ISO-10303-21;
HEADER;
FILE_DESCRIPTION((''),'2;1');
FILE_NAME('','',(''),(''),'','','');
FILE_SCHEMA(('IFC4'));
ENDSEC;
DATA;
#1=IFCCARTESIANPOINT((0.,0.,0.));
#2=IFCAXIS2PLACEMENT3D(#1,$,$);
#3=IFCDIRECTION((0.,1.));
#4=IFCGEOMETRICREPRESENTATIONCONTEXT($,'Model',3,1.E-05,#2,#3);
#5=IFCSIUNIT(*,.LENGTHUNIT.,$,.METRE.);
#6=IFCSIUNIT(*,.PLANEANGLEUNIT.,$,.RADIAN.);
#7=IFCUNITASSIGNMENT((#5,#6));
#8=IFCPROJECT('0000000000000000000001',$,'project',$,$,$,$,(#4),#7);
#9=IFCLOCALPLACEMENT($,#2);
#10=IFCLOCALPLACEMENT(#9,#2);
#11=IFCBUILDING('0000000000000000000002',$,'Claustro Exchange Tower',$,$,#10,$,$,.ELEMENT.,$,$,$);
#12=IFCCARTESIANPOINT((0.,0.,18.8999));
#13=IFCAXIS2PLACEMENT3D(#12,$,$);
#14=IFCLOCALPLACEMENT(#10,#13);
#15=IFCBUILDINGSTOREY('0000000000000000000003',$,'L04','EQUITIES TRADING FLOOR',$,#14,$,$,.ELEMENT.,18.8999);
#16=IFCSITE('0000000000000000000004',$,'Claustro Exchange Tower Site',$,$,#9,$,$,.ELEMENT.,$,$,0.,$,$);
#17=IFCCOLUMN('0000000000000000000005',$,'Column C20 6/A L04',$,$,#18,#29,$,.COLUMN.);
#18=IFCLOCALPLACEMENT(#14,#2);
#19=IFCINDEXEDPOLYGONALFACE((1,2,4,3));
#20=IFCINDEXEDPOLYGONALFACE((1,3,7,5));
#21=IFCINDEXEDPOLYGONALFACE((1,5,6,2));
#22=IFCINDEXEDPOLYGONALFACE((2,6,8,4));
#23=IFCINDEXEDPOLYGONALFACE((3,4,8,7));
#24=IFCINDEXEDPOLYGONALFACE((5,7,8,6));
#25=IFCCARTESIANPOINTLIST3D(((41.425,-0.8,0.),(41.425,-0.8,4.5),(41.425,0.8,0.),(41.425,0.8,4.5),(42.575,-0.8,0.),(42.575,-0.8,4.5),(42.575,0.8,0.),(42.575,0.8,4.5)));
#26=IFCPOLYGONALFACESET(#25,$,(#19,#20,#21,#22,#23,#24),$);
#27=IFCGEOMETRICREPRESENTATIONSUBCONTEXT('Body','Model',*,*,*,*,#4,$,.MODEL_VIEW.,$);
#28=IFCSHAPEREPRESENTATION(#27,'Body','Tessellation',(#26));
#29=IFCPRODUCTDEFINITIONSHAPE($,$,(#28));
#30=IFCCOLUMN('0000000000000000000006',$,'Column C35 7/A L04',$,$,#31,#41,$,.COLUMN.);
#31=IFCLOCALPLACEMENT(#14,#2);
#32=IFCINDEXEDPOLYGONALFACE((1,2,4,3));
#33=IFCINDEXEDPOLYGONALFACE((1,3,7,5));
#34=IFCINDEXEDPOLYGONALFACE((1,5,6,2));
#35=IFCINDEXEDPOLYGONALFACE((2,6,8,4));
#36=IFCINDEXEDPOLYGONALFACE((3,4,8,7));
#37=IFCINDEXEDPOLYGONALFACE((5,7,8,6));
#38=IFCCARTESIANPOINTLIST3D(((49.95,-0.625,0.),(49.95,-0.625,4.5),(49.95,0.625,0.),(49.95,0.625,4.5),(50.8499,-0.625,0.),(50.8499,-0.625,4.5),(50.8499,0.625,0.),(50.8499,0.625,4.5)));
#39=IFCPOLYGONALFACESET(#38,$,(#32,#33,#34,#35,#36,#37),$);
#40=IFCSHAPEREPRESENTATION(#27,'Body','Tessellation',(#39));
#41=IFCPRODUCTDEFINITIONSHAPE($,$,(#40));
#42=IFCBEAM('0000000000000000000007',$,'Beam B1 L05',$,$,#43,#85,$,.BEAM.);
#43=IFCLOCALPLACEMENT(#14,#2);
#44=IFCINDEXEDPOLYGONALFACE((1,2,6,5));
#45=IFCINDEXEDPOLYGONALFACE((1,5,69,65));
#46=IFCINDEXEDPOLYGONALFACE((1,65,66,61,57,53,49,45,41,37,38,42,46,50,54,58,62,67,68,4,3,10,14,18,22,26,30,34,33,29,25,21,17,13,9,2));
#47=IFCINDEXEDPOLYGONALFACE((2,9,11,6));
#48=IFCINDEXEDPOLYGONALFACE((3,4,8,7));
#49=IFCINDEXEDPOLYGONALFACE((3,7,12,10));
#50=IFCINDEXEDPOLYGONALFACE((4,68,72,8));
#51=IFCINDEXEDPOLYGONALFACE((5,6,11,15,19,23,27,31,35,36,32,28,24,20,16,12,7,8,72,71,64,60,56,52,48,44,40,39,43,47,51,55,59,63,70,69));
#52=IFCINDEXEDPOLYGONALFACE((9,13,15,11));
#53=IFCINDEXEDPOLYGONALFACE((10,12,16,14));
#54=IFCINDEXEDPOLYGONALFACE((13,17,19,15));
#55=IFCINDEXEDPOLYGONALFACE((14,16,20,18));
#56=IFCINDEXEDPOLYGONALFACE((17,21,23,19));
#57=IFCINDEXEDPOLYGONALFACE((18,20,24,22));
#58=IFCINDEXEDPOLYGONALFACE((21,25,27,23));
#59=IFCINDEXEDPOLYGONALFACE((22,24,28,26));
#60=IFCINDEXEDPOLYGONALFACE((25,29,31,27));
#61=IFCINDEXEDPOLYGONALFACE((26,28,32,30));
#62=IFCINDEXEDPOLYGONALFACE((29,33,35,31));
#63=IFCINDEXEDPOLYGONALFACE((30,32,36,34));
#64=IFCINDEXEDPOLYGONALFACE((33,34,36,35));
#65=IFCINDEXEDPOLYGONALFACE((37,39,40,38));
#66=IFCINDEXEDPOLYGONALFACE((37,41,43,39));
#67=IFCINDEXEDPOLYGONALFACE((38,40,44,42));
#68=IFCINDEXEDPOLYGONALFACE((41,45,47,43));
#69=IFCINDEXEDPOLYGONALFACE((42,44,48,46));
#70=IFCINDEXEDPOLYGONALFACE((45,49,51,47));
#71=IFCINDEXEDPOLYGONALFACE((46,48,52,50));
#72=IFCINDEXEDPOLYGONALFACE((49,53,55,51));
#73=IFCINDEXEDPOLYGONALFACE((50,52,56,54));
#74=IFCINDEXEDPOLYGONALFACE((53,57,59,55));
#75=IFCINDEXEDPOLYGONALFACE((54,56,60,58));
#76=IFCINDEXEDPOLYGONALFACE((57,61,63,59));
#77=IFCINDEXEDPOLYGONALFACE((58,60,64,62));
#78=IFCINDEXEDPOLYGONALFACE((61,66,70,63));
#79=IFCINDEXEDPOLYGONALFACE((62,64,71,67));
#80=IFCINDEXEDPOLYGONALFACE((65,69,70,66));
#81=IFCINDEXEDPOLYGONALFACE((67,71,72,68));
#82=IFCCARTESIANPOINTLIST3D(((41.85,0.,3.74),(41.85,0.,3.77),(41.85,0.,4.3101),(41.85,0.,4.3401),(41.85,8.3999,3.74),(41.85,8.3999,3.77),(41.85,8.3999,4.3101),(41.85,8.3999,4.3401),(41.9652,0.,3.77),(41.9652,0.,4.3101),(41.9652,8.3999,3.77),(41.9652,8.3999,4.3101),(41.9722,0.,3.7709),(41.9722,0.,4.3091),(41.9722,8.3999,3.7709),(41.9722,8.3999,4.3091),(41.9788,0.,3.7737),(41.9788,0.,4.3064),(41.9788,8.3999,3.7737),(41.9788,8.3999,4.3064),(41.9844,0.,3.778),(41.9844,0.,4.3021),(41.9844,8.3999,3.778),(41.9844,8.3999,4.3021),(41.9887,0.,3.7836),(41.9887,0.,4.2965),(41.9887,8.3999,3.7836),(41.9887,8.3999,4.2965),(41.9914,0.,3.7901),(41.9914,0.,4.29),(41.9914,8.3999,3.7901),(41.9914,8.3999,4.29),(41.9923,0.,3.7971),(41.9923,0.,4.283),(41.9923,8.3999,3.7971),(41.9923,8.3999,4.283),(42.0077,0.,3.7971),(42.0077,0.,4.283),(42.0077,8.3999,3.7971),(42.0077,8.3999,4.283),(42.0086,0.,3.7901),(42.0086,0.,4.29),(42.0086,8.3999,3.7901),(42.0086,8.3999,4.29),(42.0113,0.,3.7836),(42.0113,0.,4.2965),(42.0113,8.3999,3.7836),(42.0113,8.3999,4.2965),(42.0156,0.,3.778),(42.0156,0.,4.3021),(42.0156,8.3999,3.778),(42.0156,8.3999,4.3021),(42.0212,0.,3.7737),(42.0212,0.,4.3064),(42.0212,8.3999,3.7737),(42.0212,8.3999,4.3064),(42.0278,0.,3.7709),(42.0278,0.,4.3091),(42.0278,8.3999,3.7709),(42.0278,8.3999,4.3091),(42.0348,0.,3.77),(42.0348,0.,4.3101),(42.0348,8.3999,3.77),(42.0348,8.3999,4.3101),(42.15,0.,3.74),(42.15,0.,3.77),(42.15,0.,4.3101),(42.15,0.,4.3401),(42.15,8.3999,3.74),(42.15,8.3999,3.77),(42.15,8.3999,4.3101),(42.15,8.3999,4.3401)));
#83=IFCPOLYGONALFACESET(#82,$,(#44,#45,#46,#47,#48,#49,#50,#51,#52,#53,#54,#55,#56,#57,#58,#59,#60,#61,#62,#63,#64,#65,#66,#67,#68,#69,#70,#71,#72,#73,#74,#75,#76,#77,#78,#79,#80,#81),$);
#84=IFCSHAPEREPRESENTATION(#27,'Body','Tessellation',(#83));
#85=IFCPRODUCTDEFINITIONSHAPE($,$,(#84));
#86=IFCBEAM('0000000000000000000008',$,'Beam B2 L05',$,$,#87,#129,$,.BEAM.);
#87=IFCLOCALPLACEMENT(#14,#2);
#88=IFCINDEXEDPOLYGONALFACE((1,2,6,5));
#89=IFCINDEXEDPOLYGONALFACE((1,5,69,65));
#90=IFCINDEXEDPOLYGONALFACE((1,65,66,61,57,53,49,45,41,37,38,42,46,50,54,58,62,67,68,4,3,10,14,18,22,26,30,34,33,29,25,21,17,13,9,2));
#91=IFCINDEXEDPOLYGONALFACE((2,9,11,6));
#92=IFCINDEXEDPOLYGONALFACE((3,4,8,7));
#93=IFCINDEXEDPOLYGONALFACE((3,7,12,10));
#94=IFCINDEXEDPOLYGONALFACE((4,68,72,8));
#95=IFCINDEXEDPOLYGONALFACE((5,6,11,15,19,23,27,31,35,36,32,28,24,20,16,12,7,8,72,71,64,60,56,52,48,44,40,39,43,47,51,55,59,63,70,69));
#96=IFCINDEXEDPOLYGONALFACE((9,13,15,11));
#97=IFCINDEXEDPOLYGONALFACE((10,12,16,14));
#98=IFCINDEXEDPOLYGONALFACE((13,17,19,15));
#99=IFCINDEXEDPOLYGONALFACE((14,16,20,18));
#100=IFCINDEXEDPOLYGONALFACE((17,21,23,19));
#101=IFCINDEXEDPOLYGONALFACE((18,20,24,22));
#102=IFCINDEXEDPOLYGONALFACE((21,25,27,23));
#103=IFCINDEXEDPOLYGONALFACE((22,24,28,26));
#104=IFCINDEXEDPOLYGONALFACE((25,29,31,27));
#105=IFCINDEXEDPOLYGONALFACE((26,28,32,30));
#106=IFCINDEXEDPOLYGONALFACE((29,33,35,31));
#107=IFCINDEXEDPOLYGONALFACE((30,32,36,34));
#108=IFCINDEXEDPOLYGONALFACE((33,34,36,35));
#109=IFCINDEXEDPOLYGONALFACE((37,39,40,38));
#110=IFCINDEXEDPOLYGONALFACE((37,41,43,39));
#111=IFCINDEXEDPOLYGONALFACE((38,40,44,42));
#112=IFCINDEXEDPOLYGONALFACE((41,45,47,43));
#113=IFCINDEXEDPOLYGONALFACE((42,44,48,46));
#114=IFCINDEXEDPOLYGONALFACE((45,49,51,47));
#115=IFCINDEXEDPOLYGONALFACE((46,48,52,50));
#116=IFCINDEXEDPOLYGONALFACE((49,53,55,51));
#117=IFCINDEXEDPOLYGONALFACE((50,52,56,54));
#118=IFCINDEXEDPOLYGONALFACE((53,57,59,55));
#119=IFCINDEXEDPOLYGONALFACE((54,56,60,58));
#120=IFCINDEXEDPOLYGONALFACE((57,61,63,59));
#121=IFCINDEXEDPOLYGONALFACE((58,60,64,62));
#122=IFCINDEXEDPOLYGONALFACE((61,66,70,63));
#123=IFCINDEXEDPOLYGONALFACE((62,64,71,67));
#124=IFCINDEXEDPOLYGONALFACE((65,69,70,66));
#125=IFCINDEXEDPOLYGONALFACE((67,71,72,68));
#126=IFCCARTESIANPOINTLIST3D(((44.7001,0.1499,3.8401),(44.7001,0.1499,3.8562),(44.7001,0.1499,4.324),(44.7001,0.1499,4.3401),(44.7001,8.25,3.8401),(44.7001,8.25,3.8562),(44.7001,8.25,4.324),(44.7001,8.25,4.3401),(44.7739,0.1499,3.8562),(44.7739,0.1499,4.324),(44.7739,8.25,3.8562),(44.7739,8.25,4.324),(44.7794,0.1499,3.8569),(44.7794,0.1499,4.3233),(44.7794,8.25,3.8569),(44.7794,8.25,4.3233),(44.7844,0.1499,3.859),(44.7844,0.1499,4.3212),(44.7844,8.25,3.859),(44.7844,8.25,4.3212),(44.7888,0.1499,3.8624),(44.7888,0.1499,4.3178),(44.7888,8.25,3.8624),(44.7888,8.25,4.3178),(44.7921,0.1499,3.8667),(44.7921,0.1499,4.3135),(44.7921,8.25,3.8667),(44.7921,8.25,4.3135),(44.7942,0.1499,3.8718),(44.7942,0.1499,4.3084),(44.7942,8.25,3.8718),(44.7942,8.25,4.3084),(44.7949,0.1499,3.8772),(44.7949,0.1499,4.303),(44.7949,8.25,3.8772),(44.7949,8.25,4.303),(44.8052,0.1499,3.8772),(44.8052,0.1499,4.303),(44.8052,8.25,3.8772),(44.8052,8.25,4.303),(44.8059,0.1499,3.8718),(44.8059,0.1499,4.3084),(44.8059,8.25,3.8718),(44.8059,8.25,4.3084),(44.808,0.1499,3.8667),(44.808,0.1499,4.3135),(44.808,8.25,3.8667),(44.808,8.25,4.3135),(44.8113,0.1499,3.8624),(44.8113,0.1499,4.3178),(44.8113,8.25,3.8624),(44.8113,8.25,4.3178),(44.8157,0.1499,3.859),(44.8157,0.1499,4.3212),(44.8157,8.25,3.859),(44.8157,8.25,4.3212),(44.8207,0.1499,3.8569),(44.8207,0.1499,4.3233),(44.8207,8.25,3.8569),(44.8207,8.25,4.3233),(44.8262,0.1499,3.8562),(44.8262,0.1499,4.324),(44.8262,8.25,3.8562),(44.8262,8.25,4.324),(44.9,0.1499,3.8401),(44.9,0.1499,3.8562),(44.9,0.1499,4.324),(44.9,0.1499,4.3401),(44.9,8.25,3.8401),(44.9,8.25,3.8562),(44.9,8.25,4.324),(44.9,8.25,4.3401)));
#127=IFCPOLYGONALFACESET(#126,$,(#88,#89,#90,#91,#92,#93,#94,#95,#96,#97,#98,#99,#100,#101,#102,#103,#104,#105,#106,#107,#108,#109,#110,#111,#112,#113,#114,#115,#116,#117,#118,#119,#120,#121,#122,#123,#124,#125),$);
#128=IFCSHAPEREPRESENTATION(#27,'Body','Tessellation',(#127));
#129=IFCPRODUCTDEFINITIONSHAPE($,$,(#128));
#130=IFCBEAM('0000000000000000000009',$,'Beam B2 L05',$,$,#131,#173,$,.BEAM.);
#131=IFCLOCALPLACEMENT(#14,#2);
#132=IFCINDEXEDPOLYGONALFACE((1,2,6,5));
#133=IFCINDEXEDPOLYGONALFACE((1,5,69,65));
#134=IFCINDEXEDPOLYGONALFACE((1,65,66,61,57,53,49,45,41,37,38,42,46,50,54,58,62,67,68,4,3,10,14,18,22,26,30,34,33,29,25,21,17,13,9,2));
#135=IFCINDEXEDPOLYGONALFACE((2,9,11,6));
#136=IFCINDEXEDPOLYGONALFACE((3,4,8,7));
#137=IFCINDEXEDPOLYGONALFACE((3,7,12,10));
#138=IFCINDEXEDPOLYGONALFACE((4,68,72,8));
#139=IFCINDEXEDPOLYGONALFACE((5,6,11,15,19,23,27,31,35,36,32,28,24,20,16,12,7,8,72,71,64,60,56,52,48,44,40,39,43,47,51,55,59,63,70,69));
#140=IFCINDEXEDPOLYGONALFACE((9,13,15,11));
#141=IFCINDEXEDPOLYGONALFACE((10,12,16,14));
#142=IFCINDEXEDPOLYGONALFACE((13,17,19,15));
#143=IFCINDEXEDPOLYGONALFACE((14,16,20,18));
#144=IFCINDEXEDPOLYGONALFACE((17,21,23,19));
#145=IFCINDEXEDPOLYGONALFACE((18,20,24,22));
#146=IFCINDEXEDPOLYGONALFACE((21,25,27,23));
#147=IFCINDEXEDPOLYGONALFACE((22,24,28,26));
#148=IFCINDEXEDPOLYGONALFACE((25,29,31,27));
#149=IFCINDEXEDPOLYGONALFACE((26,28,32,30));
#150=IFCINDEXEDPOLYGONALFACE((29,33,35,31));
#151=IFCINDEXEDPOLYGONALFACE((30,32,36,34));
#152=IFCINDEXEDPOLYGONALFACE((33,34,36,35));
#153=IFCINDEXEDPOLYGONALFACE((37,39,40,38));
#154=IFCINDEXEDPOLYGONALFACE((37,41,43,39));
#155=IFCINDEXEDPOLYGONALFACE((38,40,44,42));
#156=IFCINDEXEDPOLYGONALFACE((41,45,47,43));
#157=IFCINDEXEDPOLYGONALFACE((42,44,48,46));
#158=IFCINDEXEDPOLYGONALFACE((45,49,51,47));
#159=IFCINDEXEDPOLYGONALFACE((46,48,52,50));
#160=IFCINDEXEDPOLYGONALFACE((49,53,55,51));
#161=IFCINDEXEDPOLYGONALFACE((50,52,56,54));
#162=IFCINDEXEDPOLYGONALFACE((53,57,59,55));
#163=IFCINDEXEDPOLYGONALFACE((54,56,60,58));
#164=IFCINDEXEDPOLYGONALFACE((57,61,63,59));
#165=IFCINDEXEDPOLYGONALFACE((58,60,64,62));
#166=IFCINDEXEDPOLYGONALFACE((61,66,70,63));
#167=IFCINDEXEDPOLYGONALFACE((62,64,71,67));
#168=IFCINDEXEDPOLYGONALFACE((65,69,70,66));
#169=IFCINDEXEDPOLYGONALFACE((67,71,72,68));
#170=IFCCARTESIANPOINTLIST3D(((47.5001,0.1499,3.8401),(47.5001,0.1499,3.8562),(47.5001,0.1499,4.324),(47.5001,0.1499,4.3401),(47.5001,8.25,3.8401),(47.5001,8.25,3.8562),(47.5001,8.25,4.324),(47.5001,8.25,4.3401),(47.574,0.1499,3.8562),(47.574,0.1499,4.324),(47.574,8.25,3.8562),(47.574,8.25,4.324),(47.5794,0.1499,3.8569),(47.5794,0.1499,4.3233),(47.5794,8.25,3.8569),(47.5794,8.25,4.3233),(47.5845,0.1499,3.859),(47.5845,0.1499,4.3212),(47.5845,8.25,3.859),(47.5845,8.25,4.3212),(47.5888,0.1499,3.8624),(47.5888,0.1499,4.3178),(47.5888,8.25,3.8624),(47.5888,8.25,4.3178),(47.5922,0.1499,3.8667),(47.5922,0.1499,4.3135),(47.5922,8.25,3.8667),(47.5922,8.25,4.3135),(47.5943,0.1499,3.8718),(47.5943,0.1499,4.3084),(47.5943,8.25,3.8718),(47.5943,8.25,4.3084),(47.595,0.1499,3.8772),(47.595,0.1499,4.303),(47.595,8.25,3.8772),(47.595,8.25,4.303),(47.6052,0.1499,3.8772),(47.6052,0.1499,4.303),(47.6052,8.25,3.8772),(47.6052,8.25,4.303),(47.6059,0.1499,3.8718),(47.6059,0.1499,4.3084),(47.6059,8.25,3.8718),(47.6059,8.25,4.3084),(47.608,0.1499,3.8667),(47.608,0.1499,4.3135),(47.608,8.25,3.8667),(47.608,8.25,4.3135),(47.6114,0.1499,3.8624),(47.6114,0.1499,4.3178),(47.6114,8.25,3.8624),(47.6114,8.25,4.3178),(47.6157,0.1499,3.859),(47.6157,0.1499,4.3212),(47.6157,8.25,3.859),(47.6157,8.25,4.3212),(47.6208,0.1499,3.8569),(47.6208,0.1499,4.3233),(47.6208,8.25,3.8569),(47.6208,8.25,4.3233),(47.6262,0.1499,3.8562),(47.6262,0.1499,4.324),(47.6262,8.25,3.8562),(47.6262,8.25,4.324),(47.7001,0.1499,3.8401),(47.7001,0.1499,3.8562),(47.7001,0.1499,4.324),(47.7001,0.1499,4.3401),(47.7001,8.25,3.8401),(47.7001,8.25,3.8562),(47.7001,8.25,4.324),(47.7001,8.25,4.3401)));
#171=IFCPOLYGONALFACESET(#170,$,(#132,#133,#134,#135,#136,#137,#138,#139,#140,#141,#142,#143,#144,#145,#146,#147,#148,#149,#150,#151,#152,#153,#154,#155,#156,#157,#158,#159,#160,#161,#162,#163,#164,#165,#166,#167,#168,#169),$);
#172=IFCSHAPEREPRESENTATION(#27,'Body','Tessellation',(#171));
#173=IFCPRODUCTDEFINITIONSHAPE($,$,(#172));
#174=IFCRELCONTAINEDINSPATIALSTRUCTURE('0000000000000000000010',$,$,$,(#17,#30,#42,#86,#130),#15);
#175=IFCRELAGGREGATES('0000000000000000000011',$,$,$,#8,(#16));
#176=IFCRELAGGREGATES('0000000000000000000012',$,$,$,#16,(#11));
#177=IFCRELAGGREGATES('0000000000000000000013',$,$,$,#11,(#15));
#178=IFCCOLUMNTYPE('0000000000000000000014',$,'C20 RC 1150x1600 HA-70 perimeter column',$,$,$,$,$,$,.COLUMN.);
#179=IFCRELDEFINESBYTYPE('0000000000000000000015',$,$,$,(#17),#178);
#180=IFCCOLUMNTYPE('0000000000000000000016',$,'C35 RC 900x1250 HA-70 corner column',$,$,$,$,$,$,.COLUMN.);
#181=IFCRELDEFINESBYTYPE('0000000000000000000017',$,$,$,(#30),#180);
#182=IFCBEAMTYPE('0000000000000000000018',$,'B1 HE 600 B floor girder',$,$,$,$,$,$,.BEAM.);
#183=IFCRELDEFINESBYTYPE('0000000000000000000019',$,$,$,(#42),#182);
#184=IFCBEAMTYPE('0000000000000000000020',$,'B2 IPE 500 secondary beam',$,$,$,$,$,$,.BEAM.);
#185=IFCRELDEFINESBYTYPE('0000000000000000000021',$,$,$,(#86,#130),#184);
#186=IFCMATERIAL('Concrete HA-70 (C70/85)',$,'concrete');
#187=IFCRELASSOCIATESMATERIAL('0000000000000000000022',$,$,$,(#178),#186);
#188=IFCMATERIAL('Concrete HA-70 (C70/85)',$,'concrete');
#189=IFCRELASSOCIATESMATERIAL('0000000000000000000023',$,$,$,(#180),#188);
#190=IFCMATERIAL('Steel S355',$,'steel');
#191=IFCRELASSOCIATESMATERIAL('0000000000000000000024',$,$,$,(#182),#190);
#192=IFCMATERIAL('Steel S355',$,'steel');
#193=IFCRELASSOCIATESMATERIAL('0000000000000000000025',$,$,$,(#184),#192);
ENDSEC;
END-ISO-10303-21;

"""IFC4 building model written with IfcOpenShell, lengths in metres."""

from ifc_helpers import new_model, si_unit, direction, frame, origin, origin_2d, place, context, subcontext, project, spatial, rectangle, i_section, extrude, material, material_profile, profile_set, type_object, element, save


model = new_model("IFC4")

# Units and contexts
model_context = context("Model", 3, precision=1e-05, world=origin(), true_north=direction((0.0, 1.0)))
body_context = subcontext(model_context, "Body", "Model", "MODEL_VIEW")
ifc_project = project(units=[si_unit("LENGTHUNIT", "METRE"), si_unit("PLANEANGLEUNIT", "RADIAN")], contexts=[model_context])

# Site, building, storey
site_placement = place(None, origin())
site = spatial("IfcSite", under=ifc_project, at=site_placement, Name="Claustro Exchange Tower Site", CompositionType="ELEMENT", RefElevation=0.0)
building_placement = place(site_placement, origin())
building = spatial("IfcBuilding", under=site, at=building_placement, Name="Claustro Exchange Tower", CompositionType="ELEMENT")
storey_placement = place(building_placement, frame((0.0, 0.0, 18.8999)))
storey = spatial("IfcBuildingStorey", under=building, at=storey_placement, Name="L04", Description="EQUITIES TRADING FLOOR", CompositionType="ELEMENT", Elevation=18.8999)

# Columns
ifc_material_1 = material(Name="Concrete HA-70 (C70/85)", Category="concrete")
ifc_material_profile_1 = material_profile(ifc_material_1, rectangle(XDim=1.1499, YDim=1.6001, at=origin_2d()), Name="RC 1150x1600")
ifc_profile_set_1 = profile_set([ifc_material_profile_1], Name="Concrete HA-70 (C70/85)")
column_type_1 = type_object("IfcColumnType", Name="C20 RC 1150x1600 HA-70 perimeter column", PredefinedType="COLUMN", material=ifc_profile_set_1)
column_1_placement = place(storey_placement, frame((42.0, 0.0, 0.0), z_axis=(0.0, 0.0, 1.0), x_axis=(1.0, 0.0, 0.0)))
element("IfcColumn", 1, at=column_1_placement, inside=storey, type_object=column_type_1, Name="Column C20 6/A L04", PredefinedType="COLUMN", context=body_context, shape_type="SweptSolid", body=[
    extrude(rectangle(XDim=1.1499, YDim=1.6001, at=origin_2d()), origin(), (0.0, 0.0, 1.0), 4.5),
])
ifc_material_2 = material(Name="Concrete HA-70 (C70/85)", Category="concrete")
ifc_material_profile_2 = material_profile(ifc_material_2, rectangle(XDim=0.8999, YDim=1.25, at=origin_2d()), Name="RC 900x1250")
ifc_profile_set_2 = profile_set([ifc_material_profile_2], Name="Concrete HA-70 (C70/85)")
column_type_2 = type_object("IfcColumnType", Name="C35 RC 900x1250 HA-70 corner column", PredefinedType="COLUMN", material=ifc_profile_set_2)
column_2_placement = place(storey_placement, frame((50.3999, 0.0, 0.0), z_axis=(0.0, 0.0, 1.0), x_axis=(1.0, 0.0, 0.0)))
element("IfcColumn", 2, at=column_2_placement, inside=storey, type_object=column_type_2, Name="Column C35 7/A L04", PredefinedType="COLUMN", context=body_context, shape_type="SweptSolid", body=[
    extrude(rectangle(XDim=0.8999, YDim=1.25, at=origin_2d()), origin(), (0.0, 0.0, 1.0), 4.5),
])

# Beams
ifc_material_3 = material(Name="Steel S355", Category="steel")
ifc_material_profile_3 = material_profile(ifc_material_3, i_section(OverallWidth=0.3, OverallDepth=0.6001, WebThickness=0.0154, FlangeThickness=0.03, FilletRadius=0.0271, at=origin_2d()), Name="HE 600 B")
ifc_profile_set_3 = profile_set([ifc_material_profile_3], Name="Steel S355")
beam_type_1 = type_object("IfcBeamType", Name="B1 HE 600 B floor girder", PredefinedType="BEAM", material=ifc_profile_set_3)
beam_placement = place(storey_placement, frame((42.0, 0.0, 4.04), z_axis=(0.0, 1.0, 0.0), x_axis=(-1.0, 0.0, 0.0)))
element("IfcBeam", 3, at=beam_placement, inside=storey, type_object=beam_type_1, Name="Beam B1 L05", PredefinedType="BEAM", context=body_context, shape_type="SweptSolid", body=[
    extrude(i_section(OverallWidth=0.3, OverallDepth=0.6001, WebThickness=0.0154, FlangeThickness=0.03, FilletRadius=0.0271, at=origin_2d()), origin(), (0.0, 0.0, 1.0), 8.3999),
])
ifc_material_4 = material(Name="Steel S355", Category="steel")
ifc_material_profile_4 = material_profile(ifc_material_4, i_section(OverallWidth=0.2, OverallDepth=0.5, WebThickness=0.0103, FlangeThickness=0.0161, FilletRadius=0.021, at=origin_2d()), Name="IPE 500")
ifc_profile_set_4 = profile_set([ifc_material_profile_4], Name="Steel S355")
beam_type_2 = type_object("IfcBeamType", Name="B2 IPE 500 secondary beam", PredefinedType="BEAM", material=ifc_profile_set_4)
for number, where, z_axis, x_axis, name in (
    (4, (44.8, 0.1499, 4.0901), (0.0, 1.0, 0.0), (-1.0, 0.0, 0.0), "Beam B2 L05"),
    (5, (47.6001, 0.1499, 4.0901), (0.0, 1.0, 0.0), (-1.0, 0.0, 0.0), "Beam B2 L05"),
):
    element("IfcBeam", number, at=place(storey_placement, frame(where, z_axis=z_axis, x_axis=x_axis)), inside=storey, type_object=beam_type_2, Name=name, PredefinedType="BEAM", context=body_context, shape_type="SweptSolid", body=[
        extrude(i_section(OverallWidth=0.2, OverallDepth=0.5, WebThickness=0.0103, FlangeThickness=0.0161, FilletRadius=0.021, at=origin_2d()), origin(), (0.0, 0.0, 1.0), 8.1001),
    ])

save(model, "model.ifc")
